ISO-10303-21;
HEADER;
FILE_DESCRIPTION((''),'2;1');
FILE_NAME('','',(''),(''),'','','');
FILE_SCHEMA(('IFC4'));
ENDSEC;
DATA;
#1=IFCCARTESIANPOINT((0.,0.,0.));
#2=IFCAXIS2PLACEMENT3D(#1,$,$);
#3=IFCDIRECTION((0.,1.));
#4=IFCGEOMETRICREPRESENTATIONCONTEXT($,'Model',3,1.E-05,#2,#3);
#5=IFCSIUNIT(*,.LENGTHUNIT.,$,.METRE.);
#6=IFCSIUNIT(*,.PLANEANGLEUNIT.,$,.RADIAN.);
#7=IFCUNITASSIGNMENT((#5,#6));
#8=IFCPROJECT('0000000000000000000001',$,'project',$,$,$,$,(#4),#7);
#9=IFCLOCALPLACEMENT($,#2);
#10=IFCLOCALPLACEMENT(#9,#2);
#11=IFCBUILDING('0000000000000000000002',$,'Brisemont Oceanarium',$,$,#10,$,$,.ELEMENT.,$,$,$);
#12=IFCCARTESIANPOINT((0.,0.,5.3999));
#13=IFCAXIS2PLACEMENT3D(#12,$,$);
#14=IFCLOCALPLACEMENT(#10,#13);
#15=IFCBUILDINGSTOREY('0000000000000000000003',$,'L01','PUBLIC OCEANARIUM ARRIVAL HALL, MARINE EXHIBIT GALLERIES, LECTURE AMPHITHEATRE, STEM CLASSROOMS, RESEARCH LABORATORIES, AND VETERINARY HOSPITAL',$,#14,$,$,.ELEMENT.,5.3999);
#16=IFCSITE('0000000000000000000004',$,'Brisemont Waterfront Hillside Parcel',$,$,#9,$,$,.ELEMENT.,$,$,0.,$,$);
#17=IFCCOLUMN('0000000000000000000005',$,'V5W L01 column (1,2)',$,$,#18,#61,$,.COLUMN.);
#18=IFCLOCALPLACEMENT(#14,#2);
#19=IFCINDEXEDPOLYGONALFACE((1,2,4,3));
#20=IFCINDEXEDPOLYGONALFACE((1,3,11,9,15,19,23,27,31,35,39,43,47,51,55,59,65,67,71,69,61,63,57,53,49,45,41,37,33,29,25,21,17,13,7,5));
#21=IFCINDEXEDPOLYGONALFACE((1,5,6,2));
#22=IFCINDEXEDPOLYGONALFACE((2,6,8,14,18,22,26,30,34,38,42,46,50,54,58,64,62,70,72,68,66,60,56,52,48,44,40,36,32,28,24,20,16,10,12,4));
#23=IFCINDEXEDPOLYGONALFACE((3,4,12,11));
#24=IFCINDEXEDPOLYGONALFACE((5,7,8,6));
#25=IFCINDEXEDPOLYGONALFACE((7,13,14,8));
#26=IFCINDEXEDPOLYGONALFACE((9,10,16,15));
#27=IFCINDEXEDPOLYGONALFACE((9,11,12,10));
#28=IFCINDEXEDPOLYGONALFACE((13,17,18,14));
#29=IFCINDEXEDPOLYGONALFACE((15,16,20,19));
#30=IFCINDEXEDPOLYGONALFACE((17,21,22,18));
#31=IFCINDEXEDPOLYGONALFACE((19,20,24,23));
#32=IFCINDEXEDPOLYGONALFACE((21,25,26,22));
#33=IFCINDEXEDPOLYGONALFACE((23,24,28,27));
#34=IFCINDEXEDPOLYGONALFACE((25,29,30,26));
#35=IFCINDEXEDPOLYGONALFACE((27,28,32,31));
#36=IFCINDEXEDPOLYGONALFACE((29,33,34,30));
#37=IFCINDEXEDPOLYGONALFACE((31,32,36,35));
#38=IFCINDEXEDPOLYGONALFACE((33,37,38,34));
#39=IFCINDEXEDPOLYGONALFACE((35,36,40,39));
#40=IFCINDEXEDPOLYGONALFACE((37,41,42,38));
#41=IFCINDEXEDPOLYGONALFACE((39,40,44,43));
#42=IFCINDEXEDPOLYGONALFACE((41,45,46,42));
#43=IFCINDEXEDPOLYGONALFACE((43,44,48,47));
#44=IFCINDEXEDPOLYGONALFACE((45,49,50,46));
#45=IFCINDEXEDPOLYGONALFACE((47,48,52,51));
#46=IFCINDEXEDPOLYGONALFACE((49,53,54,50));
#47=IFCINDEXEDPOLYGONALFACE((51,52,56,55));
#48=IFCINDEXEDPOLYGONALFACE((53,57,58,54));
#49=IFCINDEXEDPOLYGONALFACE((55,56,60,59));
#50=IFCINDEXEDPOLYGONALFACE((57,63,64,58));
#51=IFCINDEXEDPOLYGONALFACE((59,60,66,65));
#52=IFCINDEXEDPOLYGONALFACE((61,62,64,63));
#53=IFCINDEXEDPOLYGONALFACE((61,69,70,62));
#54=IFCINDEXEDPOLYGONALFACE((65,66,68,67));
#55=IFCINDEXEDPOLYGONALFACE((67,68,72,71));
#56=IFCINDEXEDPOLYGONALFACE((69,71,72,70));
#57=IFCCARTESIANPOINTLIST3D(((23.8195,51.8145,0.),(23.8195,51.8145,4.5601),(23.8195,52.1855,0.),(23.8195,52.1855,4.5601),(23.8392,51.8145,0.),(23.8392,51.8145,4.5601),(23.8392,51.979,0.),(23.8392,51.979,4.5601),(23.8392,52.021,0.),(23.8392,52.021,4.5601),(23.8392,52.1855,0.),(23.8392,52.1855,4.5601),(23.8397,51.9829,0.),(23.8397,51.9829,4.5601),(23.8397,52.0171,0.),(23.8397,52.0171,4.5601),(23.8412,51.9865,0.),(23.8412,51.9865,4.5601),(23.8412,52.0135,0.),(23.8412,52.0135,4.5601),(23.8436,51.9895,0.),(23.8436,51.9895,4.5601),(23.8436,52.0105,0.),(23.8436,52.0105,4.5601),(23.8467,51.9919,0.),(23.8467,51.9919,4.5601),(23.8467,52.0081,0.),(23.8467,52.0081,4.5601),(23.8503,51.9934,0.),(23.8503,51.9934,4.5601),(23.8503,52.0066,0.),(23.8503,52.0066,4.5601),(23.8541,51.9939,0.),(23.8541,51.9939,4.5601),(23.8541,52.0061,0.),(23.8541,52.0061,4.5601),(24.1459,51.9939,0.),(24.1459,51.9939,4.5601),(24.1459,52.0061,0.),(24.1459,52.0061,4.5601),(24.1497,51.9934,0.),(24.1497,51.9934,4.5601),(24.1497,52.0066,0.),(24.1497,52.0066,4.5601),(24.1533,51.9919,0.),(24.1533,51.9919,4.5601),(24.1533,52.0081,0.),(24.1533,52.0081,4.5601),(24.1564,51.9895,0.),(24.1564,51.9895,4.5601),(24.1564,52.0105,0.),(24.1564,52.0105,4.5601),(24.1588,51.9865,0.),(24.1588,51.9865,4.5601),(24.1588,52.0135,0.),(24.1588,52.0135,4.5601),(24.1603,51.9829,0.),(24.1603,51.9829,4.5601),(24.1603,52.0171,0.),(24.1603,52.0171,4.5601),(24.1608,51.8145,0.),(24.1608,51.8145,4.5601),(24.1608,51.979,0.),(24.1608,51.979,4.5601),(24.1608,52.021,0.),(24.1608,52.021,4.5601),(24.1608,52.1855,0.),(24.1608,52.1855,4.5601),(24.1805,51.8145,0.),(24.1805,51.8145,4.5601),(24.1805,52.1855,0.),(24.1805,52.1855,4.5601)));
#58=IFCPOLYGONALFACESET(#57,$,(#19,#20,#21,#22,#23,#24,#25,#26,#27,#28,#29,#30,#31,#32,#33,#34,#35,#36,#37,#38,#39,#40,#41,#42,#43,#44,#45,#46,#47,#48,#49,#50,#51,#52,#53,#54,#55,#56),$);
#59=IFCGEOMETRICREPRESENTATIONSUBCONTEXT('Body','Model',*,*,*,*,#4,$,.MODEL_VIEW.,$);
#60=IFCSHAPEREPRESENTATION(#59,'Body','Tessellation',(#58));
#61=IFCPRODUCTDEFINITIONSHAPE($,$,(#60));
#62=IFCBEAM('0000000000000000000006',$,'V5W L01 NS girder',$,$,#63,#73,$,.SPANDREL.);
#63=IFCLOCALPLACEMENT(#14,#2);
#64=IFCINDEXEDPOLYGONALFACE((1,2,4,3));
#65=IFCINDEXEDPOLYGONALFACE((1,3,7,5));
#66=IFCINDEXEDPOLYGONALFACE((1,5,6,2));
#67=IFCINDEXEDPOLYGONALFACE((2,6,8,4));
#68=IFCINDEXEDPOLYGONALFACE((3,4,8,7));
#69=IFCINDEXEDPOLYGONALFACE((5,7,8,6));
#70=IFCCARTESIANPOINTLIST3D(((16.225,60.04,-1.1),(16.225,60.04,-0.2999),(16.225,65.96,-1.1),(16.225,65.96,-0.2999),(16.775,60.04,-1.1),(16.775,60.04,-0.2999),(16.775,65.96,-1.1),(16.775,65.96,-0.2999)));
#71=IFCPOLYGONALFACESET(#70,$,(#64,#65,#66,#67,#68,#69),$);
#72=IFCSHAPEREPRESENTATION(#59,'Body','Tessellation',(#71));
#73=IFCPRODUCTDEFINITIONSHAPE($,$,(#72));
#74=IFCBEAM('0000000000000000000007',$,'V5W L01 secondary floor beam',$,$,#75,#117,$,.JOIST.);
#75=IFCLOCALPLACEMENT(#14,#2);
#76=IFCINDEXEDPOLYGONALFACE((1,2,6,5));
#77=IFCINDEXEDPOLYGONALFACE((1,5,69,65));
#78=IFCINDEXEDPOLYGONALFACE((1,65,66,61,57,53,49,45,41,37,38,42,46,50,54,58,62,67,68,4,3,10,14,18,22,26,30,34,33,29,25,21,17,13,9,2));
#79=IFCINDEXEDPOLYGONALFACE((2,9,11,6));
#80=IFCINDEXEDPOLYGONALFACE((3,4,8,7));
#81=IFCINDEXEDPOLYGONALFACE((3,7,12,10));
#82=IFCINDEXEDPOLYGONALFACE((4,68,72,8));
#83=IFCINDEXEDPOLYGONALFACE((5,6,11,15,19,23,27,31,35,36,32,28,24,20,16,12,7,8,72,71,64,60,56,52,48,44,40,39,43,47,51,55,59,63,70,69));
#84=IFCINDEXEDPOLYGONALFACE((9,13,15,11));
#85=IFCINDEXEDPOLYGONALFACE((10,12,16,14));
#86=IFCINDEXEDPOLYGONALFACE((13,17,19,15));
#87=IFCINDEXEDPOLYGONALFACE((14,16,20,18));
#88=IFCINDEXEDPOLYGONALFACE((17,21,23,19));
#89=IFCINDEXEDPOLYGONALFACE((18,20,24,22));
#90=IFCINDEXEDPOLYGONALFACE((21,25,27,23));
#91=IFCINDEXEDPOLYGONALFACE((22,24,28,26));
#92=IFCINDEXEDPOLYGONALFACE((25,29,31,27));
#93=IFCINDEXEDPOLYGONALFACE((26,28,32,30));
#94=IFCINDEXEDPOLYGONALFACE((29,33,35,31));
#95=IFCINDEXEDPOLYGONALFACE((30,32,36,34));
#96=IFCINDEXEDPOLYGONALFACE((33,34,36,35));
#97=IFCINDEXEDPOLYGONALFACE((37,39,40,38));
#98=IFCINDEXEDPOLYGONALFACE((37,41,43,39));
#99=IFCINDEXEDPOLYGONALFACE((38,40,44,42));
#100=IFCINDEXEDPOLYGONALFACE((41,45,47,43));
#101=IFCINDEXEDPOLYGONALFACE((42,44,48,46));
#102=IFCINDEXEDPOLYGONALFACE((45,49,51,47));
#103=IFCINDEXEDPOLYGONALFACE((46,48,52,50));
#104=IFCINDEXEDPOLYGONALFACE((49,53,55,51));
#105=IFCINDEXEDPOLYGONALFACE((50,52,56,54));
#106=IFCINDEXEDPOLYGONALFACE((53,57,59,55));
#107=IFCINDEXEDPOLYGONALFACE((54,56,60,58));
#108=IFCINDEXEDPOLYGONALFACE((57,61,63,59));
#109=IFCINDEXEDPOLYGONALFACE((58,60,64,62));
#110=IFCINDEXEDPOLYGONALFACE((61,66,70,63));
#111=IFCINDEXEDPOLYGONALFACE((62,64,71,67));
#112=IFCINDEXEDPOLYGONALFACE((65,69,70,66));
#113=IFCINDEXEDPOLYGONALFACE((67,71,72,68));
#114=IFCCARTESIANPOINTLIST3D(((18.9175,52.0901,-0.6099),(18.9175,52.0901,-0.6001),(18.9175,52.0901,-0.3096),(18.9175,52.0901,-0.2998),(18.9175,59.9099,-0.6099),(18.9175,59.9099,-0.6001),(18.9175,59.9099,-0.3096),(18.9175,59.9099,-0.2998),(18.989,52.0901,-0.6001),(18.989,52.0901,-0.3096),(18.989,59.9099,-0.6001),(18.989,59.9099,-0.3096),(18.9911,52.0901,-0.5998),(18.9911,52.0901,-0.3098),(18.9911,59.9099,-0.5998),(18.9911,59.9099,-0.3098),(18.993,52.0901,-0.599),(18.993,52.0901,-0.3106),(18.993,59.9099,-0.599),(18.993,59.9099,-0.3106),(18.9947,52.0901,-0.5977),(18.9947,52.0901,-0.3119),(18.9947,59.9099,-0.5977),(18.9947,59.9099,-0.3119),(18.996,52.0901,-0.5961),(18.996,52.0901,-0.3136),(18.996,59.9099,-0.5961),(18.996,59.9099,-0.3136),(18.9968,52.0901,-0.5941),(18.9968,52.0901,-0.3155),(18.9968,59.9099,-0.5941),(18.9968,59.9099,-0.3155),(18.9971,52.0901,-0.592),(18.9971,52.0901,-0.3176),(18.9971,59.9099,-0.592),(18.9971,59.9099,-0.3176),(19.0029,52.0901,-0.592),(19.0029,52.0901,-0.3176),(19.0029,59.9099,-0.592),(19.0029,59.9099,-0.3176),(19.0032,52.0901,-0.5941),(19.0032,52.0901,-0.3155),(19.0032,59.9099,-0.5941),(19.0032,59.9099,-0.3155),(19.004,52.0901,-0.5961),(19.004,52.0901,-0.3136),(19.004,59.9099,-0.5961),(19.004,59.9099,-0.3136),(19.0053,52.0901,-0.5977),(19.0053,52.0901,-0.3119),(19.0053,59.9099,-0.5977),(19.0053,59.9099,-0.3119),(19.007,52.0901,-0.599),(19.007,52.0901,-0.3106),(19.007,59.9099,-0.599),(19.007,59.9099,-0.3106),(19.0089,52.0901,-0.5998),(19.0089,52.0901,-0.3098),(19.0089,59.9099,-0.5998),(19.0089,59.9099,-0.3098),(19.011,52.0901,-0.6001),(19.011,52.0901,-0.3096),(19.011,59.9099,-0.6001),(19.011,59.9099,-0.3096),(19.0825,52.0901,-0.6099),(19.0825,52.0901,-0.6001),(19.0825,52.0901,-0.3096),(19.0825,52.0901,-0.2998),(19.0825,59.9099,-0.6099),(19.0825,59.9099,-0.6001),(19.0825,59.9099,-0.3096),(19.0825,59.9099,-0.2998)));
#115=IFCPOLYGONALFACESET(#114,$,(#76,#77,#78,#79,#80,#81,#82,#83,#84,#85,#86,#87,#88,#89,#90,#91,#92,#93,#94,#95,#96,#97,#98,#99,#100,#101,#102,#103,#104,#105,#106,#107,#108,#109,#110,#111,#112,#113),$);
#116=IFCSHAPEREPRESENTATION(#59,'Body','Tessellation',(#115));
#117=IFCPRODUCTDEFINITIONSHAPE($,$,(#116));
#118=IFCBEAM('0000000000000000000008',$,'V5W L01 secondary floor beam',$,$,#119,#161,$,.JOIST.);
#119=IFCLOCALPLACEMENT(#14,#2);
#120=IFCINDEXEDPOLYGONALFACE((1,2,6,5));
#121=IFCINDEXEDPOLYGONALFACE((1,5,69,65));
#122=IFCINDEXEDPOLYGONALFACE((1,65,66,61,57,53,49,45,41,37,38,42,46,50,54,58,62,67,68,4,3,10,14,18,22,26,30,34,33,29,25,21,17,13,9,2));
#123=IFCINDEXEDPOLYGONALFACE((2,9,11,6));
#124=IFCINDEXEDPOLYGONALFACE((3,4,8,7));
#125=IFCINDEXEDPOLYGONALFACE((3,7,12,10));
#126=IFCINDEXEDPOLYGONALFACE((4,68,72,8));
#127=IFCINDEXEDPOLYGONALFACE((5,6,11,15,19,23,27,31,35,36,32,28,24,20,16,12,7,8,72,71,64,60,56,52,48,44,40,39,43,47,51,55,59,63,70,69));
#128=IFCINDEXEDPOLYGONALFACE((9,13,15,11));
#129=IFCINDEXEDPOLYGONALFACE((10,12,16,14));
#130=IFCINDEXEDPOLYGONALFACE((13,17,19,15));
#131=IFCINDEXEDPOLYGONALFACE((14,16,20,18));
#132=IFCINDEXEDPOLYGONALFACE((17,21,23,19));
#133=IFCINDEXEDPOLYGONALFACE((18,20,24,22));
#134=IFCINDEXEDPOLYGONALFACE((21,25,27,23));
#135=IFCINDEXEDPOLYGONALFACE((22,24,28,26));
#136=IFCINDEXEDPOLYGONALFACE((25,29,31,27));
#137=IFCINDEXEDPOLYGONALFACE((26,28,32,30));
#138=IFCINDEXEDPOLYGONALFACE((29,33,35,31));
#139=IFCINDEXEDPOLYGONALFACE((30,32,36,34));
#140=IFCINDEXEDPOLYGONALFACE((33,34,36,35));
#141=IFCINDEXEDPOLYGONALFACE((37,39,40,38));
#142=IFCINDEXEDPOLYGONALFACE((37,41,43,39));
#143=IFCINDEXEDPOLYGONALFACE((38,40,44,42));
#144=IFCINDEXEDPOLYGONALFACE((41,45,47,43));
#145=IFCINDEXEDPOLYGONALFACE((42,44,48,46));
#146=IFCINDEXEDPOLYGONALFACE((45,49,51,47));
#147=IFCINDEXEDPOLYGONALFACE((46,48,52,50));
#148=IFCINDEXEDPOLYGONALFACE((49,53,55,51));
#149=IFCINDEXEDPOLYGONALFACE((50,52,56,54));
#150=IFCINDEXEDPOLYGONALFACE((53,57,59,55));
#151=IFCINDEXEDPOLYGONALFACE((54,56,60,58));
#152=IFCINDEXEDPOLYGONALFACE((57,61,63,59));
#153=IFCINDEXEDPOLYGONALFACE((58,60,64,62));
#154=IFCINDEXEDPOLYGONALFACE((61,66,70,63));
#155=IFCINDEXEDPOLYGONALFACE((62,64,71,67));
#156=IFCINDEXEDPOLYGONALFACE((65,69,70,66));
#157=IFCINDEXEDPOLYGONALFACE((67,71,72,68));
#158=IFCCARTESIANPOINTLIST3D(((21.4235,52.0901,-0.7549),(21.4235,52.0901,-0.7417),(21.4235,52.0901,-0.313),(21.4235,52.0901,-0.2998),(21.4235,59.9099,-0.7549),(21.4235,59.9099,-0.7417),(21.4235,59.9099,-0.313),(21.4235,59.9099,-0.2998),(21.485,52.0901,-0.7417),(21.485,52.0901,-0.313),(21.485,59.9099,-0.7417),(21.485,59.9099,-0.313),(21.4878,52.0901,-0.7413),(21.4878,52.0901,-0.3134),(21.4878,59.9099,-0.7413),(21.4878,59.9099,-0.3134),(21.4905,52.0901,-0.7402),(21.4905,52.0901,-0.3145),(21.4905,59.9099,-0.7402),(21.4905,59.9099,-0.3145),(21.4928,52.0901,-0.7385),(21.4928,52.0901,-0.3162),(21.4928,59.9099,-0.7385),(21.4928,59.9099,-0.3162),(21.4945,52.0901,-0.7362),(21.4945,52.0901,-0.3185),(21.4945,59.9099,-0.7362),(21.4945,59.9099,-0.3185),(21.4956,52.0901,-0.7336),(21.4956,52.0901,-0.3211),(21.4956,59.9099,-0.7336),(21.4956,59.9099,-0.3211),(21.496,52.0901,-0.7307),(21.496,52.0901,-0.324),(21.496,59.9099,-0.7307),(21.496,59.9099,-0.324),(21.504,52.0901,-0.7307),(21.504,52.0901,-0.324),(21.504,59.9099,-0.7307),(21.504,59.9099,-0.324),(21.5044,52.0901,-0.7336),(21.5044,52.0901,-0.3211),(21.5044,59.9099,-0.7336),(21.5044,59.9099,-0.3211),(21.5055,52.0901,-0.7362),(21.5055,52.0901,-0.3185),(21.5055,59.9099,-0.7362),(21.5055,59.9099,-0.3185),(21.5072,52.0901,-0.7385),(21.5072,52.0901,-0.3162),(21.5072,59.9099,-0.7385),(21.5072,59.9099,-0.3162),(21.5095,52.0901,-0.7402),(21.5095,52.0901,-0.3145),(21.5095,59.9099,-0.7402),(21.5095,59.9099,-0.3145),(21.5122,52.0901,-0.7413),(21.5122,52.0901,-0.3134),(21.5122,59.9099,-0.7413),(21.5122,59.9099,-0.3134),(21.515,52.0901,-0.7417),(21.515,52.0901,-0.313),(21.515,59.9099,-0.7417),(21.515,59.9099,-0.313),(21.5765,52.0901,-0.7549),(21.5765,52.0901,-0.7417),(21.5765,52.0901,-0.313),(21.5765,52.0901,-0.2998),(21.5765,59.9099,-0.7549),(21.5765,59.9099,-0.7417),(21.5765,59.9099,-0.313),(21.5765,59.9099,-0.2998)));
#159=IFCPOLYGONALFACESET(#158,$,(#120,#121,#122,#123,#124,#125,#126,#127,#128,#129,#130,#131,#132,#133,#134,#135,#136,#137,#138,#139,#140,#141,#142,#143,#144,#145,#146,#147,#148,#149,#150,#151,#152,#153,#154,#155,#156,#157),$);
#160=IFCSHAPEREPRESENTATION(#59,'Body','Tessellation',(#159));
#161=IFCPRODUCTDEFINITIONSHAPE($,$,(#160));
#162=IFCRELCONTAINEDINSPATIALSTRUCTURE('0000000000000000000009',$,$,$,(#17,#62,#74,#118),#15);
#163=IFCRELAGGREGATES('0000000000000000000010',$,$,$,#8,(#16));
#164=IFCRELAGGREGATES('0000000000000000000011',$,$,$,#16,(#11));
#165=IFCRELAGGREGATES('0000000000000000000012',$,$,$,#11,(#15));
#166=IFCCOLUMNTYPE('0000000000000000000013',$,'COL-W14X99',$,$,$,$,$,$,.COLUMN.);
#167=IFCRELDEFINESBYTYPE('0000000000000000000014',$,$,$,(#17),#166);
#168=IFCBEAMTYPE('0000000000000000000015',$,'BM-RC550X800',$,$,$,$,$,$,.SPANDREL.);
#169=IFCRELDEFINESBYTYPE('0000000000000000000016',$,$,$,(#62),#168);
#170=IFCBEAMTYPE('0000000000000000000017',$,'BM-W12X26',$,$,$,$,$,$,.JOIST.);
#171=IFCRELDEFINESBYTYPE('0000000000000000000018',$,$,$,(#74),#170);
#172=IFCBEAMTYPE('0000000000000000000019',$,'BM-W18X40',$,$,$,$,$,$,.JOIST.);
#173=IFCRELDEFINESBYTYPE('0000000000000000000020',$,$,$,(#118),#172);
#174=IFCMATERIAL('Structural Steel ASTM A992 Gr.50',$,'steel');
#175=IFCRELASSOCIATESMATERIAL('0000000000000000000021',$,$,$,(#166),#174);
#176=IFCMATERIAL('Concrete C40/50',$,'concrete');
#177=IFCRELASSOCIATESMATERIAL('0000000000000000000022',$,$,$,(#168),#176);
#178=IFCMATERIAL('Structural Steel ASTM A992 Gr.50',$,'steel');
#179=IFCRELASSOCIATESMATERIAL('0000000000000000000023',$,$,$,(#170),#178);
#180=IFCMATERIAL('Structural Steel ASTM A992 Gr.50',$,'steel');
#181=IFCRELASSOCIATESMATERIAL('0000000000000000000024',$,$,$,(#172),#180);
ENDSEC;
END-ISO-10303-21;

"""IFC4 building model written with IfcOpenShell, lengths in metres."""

from ifc_helpers import new_model, si_unit, direction, frame, origin, origin_2d, place, context, subcontext, project, spatial, rectangle, i_section, extrude, material, material_profile, profile_set, type_object, element, save


model = new_model("IFC4")

# Units and contexts
model_context = context("Model", 3, precision=1e-05, world=origin(), true_north=direction((0.0, 1.0)))
body_context = subcontext(model_context, "Body", "Model", "MODEL_VIEW")
ifc_project = project(units=[si_unit("LENGTHUNIT", "METRE"), si_unit("PLANEANGLEUNIT", "RADIAN")], contexts=[model_context])

# Site, building, storey
site_placement = place(None, origin())
site = spatial("IfcSite", under=ifc_project, at=site_placement, Name="Brisemont Waterfront Hillside Parcel", CompositionType="ELEMENT", RefElevation=0.0)
building_placement = place(site_placement, origin())
building = spatial("IfcBuilding", under=site, at=building_placement, Name="Brisemont Oceanarium", CompositionType="ELEMENT")
storey_placement = place(building_placement, frame((0.0, 0.0, 5.3999)))
storey = spatial("IfcBuildingStorey", under=building, at=storey_placement, Name="L01", Description="PUBLIC OCEANARIUM ARRIVAL HALL, MARINE EXHIBIT GALLERIES, LECTURE AMPHITHEATRE, STEM CLASSROOMS, RESEARCH LABORATORIES, AND VETERINARY HOSPITAL", CompositionType="ELEMENT", Elevation=5.3999)

# Column
ifc_material_1 = material(Name="Structural Steel ASTM A992 Gr.50", Category="steel")
ifc_material_profile_1 = material_profile(ifc_material_1, i_section(OverallWidth=0.3711, OverallDepth=0.3611, WebThickness=0.0122, FlangeThickness=0.0198, FilletRadius=0.0149, at=origin_2d()), Name="W14X99")
ifc_profile_set_1 = profile_set([ifc_material_profile_1], Name="Structural Steel ASTM A992 Gr.50")
column_type_1 = type_object("IfcColumnType", Name="COL-W14X99", PredefinedType="COLUMN", material=ifc_profile_set_1)
column_1_placement = place(storey_placement, frame((24.0, 52.0, 0.0), z_axis=(0.0, 0.0, 1.0), x_axis=(0.0, 1.0, 0.0)))
element("IfcColumn", 1, at=column_1_placement, inside=storey, type_object=column_type_1, Name="V5W L01 column (1,2)", PredefinedType="COLUMN", context=body_context, shape_type="SweptSolid", body=[
    extrude(i_section(OverallWidth=0.3711, OverallDepth=0.3611, WebThickness=0.0122, FlangeThickness=0.0198, FilletRadius=0.0149, at=origin_2d()), origin(), (0.0, 0.0, 1.0), 4.5601),
])

# Beams
ifc_material_2 = material(Name="Concrete C40/50", Category="concrete")
ifc_material_profile_2 = material_profile(ifc_material_2, rectangle(XDim=0.55, YDim=0.8, at=origin_2d()), Name="RC-BM-550X800")
ifc_profile_set_2 = profile_set([ifc_material_profile_2], Name="Concrete C40/50")
beam_type_1 = type_object("IfcBeamType", Name="BM-RC550X800", PredefinedType="SPANDREL", material=ifc_profile_set_2)
beam_1_placement = place(storey_placement, frame((16.5, 60.04, -0.7), z_axis=(0.0, 1.0, 0.0), x_axis=(-1.0, 0.0, 0.0)))
element("IfcBeam", 2, at=beam_1_placement, inside=storey, type_object=beam_type_1, Name="V5W L01 NS girder", PredefinedType="SPANDREL", context=body_context, shape_type="SweptSolid", body=[
    extrude(rectangle(XDim=0.55, YDim=0.8, at=origin_2d()), origin(), (0.0, 0.0, 1.0), 5.9199),
])
ifc_material_3 = material(Name="Structural Steel ASTM A992 Gr.50", Category="steel")
ifc_material_profile_3 = material_profile(ifc_material_3, i_section(OverallWidth=0.165, OverallDepth=0.3101, WebThickness=0.0059, FlangeThickness=0.0098, FilletRadius=0.0081, at=origin_2d()), Name="W12X26")
ifc_profile_set_3 = profile_set([ifc_material_profile_3], Name="Structural Steel ASTM A992 Gr.50")
beam_type_2 = type_object("IfcBeamType", Name="BM-W12X26", PredefinedType="JOIST", material=ifc_profile_set_3)
beam_2_placement = place(storey_placement, frame((19.0, 52.0901, -0.4548), z_axis=(0.0, 1.0, 0.0), x_axis=(-1.0, 0.0, 0.0)))
element("IfcBeam", 3, at=beam_2_placement, inside=storey, type_object=beam_type_2, Name="V5W L01 secondary floor beam", PredefinedType="JOIST", context=body_context, shape_type="SweptSolid", body=[
    extrude(i_section(OverallWidth=0.165, OverallDepth=0.3101, WebThickness=0.0059, FlangeThickness=0.0098, FilletRadius=0.0081, at=origin_2d()), origin(), (0.0, 0.0, 1.0), 7.8198),
])
ifc_material_4 = material(Name="Structural Steel ASTM A992 Gr.50", Category="steel")
ifc_material_profile_4 = material_profile(ifc_material_4, i_section(OverallWidth=0.1531, OverallDepth=0.4551, WebThickness=0.0081, FlangeThickness=0.0132, FilletRadius=0.011, at=origin_2d()), Name="W18X40")
ifc_profile_set_4 = profile_set([ifc_material_profile_4], Name="Structural Steel ASTM A992 Gr.50")
beam_type_3 = type_object("IfcBeamType", Name="BM-W18X40", PredefinedType="JOIST", material=ifc_profile_set_4)
beam_3_placement = place(storey_placement, frame((21.5, 52.0901, -0.5273), z_axis=(0.0, 1.0, 0.0), x_axis=(-1.0, 0.0, 0.0)))
element("IfcBeam", 4, at=beam_3_placement, inside=storey, type_object=beam_type_3, Name="V5W L01 secondary floor beam", PredefinedType="JOIST", context=body_context, shape_type="SweptSolid", body=[
    extrude(i_section(OverallWidth=0.1531, OverallDepth=0.4551, WebThickness=0.0081, FlangeThickness=0.0132, FilletRadius=0.011, at=origin_2d()), origin(), (0.0, 0.0, 1.0), 7.8198),
])

save(model, "model.ifc")
